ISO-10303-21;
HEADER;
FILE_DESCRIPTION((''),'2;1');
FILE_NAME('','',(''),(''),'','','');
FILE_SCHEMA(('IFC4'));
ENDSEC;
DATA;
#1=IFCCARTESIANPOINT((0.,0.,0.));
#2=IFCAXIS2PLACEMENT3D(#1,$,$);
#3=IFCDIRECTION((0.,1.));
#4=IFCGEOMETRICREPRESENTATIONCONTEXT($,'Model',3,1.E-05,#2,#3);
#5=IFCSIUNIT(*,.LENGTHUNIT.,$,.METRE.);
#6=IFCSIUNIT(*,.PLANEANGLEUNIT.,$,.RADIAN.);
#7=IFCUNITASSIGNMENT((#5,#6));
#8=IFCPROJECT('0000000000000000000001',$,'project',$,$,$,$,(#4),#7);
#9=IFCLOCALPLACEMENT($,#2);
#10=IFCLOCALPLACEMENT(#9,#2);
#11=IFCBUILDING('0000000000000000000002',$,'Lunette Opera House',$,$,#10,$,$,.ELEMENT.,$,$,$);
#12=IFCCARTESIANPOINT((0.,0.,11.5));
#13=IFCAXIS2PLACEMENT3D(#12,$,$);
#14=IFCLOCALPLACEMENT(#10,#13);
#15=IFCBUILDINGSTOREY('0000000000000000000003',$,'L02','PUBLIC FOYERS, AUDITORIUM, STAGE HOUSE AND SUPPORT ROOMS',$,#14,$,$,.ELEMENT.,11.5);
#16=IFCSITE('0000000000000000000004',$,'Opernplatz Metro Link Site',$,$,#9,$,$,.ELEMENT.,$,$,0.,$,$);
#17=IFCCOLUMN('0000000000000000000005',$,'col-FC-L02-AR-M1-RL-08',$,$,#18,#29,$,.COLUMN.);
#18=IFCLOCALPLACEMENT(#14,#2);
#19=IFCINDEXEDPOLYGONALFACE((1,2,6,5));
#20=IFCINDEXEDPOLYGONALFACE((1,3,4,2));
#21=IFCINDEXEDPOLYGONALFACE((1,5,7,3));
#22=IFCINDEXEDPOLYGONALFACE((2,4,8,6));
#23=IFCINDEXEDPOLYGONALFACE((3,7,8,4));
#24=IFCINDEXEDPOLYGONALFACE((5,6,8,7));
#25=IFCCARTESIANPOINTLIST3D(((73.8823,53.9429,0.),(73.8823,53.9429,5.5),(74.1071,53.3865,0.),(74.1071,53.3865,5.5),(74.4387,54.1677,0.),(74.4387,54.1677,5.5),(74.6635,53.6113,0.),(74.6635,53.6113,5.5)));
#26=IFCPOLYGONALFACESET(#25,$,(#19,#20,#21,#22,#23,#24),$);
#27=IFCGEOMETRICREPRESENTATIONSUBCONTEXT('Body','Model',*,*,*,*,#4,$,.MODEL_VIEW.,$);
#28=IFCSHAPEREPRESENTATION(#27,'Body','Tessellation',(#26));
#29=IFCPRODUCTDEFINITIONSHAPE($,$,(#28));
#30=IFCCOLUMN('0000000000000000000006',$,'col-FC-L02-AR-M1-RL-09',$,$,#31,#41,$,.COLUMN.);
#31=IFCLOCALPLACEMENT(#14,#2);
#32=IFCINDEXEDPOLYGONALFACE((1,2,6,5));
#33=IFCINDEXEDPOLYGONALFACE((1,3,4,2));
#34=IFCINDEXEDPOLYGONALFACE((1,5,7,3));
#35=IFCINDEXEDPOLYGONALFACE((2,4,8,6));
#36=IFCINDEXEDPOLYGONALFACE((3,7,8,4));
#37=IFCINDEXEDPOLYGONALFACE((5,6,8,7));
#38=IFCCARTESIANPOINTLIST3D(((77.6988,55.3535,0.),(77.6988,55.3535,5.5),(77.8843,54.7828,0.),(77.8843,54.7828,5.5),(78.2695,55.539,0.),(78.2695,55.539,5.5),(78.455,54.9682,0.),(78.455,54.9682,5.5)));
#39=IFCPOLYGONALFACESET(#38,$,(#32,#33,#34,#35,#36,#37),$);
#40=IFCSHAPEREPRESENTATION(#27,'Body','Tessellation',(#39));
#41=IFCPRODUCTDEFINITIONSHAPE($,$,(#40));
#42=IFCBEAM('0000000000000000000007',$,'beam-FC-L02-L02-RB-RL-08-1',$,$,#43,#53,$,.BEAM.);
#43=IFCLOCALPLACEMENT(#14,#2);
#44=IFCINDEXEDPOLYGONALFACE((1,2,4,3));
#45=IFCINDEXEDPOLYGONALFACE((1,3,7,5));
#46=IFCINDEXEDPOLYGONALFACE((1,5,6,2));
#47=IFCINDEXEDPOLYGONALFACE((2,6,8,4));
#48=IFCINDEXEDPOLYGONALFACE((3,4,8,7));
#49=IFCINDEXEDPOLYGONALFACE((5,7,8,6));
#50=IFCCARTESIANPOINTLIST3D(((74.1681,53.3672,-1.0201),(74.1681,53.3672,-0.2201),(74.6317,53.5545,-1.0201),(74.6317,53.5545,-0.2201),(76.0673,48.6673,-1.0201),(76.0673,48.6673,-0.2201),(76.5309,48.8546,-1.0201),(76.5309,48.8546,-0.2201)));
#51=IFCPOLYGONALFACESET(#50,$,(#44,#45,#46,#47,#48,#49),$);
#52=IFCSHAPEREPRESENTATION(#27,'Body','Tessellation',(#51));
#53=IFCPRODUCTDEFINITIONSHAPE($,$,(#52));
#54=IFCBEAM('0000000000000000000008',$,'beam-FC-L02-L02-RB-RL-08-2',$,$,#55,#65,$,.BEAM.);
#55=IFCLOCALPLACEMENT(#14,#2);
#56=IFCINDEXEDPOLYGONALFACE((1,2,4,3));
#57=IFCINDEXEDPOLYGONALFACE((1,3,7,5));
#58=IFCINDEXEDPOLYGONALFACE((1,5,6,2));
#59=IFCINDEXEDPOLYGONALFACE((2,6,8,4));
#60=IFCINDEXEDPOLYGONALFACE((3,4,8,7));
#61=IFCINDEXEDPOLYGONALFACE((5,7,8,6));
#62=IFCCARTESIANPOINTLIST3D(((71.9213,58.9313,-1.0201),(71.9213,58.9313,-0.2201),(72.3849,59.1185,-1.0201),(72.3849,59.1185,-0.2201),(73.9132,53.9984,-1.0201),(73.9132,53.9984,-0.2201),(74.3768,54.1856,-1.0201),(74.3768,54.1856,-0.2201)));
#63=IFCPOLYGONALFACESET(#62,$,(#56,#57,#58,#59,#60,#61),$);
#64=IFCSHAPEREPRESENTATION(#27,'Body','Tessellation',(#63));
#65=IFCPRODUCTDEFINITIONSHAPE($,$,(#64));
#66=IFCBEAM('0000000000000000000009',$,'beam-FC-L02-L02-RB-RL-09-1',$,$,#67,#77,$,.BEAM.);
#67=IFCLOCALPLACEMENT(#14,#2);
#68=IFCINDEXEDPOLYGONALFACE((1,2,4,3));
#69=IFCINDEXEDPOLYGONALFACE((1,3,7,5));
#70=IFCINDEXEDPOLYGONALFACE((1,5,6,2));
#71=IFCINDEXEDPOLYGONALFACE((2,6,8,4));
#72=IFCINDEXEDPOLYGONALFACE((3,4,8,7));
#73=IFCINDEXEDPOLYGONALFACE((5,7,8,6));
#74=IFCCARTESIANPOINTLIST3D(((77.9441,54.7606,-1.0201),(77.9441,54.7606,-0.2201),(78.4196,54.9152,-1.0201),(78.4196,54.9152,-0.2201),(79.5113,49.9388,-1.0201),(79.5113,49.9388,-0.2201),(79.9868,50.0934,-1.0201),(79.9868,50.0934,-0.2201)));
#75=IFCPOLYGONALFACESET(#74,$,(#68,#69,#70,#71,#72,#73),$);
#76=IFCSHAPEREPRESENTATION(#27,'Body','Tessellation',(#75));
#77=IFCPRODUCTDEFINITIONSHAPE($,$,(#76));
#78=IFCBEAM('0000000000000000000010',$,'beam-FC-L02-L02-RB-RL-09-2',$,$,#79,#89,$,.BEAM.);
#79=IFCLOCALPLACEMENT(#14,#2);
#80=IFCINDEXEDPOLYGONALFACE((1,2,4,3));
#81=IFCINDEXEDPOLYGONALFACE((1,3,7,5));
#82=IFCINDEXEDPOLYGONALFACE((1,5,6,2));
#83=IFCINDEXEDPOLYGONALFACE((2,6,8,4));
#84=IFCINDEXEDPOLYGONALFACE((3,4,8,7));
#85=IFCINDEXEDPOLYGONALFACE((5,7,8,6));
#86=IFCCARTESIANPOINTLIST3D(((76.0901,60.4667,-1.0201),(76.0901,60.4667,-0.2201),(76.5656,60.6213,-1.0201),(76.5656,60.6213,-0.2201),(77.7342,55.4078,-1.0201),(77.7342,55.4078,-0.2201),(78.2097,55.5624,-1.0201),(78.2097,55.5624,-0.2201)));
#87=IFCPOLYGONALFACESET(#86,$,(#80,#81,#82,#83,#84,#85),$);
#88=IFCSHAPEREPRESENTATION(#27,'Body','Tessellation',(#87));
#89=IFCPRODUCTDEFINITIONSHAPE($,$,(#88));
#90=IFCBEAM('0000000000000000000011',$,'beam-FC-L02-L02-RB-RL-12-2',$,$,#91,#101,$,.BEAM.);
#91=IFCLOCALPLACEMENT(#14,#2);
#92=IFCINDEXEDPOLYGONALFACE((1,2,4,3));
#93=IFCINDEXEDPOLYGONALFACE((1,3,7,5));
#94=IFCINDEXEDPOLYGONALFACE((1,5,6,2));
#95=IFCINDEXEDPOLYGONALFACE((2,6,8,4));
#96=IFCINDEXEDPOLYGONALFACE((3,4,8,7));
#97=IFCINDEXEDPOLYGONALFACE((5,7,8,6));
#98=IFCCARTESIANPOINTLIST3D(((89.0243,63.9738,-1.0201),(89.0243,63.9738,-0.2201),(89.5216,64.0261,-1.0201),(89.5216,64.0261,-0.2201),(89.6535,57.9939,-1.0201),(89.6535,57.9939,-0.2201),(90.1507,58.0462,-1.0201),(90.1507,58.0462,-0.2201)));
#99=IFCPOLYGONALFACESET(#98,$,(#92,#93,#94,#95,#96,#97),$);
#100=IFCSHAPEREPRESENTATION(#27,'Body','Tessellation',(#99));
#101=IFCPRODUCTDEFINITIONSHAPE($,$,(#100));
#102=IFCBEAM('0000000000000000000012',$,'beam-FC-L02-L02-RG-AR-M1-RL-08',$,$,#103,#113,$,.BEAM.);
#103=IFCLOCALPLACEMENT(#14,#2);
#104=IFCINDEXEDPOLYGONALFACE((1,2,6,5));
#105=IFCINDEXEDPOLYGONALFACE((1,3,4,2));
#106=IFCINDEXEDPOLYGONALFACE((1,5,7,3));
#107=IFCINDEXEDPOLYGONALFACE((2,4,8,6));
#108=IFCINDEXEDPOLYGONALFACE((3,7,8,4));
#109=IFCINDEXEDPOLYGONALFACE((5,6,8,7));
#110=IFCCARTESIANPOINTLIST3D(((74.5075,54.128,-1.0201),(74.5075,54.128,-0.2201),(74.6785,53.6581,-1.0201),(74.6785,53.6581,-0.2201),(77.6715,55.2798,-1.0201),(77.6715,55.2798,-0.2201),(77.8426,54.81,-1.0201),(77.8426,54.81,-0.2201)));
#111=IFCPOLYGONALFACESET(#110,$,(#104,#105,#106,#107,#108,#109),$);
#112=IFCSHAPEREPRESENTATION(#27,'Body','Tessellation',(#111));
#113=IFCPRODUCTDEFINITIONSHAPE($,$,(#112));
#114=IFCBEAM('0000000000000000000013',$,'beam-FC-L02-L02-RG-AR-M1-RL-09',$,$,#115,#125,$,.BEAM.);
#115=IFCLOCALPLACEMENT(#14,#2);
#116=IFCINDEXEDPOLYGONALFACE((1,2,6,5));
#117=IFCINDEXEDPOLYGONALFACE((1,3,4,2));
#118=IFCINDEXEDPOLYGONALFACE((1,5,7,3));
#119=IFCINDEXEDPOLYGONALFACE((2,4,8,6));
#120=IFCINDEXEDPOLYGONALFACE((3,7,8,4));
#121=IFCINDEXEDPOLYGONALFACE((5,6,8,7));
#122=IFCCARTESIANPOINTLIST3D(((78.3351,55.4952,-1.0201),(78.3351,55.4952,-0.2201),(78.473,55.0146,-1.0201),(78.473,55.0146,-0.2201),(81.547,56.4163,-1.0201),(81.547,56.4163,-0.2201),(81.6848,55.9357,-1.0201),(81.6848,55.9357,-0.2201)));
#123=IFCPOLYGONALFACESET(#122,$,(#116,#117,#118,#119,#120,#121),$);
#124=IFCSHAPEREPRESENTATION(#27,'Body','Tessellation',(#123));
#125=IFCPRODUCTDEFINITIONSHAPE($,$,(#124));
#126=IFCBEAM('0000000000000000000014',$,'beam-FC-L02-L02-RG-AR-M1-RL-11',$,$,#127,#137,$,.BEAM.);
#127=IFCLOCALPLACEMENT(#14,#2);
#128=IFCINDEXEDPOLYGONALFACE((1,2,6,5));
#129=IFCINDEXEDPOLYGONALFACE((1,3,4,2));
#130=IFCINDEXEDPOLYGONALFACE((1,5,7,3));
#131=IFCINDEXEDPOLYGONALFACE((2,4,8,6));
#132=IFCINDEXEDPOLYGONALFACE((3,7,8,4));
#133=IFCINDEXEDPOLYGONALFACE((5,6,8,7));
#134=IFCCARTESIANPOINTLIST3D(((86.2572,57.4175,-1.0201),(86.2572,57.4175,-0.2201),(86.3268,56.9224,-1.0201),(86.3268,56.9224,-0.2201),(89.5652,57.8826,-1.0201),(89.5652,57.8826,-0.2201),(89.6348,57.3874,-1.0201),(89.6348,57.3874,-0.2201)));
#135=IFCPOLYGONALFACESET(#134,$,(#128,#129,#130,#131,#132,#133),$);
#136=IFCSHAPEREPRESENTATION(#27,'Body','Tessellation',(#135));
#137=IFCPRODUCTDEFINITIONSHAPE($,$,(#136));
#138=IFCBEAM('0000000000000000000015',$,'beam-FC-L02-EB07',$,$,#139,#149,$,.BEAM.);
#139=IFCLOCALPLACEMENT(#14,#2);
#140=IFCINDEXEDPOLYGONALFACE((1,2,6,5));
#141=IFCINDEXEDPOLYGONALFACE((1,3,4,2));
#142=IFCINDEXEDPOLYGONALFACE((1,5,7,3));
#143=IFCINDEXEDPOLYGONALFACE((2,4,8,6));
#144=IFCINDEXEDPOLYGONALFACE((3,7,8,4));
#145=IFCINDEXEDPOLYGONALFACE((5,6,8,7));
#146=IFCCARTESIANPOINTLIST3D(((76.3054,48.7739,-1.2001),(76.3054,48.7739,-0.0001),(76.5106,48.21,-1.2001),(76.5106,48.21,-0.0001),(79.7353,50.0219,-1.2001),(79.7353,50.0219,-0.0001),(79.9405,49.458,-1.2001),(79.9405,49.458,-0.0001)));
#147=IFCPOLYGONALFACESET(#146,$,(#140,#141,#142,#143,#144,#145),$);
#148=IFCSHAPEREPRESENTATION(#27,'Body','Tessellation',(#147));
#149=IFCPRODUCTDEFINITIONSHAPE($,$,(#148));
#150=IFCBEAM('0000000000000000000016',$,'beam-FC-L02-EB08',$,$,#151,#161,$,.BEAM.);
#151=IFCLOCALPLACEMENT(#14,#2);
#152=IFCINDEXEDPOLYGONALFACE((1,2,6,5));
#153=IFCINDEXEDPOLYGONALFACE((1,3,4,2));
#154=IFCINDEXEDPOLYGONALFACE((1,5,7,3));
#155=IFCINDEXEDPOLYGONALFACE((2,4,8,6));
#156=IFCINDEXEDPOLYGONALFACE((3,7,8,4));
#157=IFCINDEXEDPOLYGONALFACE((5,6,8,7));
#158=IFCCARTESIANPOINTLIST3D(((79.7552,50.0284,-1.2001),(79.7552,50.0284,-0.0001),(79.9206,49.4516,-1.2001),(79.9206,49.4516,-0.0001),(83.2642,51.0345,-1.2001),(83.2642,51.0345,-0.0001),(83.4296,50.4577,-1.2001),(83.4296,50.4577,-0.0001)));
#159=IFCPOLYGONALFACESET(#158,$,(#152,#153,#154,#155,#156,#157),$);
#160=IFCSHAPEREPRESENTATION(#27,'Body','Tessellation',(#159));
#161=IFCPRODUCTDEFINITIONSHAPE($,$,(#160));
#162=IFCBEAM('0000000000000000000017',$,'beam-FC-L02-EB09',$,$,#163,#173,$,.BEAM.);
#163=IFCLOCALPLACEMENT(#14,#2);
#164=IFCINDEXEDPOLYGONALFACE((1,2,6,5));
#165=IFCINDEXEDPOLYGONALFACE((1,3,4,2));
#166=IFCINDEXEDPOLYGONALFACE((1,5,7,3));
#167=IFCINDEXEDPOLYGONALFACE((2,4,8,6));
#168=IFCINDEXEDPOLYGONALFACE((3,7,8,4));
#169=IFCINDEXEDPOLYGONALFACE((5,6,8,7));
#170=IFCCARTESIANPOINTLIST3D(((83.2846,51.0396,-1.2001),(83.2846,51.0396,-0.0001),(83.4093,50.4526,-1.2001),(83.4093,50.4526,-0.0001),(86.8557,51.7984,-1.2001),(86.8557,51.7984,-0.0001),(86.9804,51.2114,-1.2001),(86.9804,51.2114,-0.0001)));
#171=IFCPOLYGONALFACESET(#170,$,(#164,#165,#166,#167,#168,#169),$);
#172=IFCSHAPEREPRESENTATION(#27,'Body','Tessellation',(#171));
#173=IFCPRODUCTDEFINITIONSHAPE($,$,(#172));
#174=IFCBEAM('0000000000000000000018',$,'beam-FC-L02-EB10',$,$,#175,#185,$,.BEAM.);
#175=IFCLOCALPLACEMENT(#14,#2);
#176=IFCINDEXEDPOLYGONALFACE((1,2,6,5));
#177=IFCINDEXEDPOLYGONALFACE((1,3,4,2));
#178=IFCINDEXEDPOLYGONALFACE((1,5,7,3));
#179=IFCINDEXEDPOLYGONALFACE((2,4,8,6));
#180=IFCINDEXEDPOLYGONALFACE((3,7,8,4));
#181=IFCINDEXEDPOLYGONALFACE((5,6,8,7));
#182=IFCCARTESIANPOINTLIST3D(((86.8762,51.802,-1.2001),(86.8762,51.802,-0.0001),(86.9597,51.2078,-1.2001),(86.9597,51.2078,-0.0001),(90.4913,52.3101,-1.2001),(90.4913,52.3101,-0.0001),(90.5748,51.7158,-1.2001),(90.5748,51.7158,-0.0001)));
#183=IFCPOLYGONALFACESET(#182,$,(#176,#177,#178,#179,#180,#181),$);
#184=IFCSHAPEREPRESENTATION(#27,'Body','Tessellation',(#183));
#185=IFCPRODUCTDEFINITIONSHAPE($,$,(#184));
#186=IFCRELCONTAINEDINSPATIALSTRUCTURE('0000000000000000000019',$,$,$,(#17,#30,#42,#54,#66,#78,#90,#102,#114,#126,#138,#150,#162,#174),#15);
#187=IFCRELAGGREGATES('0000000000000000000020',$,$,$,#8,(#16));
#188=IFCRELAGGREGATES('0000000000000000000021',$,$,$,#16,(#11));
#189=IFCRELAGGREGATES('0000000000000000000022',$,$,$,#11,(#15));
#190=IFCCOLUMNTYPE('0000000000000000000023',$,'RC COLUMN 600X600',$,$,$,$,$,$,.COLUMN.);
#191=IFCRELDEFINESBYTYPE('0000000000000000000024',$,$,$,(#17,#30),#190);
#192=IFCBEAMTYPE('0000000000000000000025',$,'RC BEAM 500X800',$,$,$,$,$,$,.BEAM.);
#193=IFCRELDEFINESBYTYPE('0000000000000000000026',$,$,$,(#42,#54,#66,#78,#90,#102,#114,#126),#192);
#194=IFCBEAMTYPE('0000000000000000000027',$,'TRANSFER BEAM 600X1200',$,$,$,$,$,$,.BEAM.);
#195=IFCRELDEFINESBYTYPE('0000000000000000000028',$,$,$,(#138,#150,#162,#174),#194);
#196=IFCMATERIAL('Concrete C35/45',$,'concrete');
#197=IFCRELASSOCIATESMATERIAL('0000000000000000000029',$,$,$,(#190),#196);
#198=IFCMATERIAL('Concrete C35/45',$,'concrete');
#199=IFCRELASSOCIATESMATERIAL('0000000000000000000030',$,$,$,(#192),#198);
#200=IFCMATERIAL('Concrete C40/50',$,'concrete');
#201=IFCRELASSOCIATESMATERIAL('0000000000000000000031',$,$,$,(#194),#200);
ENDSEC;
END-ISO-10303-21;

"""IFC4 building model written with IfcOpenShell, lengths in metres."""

from ifc_helpers import new_model, si_unit, direction, frame, origin, origin_2d, place, context, subcontext, project, spatial, rectangle, extrude, material, material_profile, profile_set, type_object, element, save


model = new_model("IFC4")

# Units and contexts
model_context = context("Model", 3, precision=1e-05, world=origin(), true_north=direction((0.0, 1.0)))
body_context = subcontext(model_context, "Body", "Model", "MODEL_VIEW")
ifc_project = project(units=[si_unit("LENGTHUNIT", "METRE"), si_unit("PLANEANGLEUNIT", "RADIAN")], contexts=[model_context])

# Site, building, storey
site_placement = place(None, origin())
site = spatial("IfcSite", under=ifc_project, at=site_placement, Name="Opernplatz Metro Link Site", CompositionType="ELEMENT", RefElevation=0.0)
building_placement = place(site_placement, origin())
building = spatial("IfcBuilding", under=site, at=building_placement, Name="Lunette Opera House", CompositionType="ELEMENT")
storey_placement = place(building_placement, frame((0.0, 0.0, 11.5)))
storey = spatial("IfcBuildingStorey", under=building, at=storey_placement, Name="L02", Description="PUBLIC FOYERS, AUDITORIUM, STAGE HOUSE AND SUPPORT ROOMS", CompositionType="ELEMENT", Elevation=11.5)

# Columns
ifc_material_1 = material(Name="Concrete C35/45", Category="concrete")
ifc_material_profile_1 = material_profile(ifc_material_1, rectangle(XDim=0.6001, YDim=0.6001, at=origin_2d()), Name="RC COLUMN 600X600")
ifc_profile_set_1 = profile_set([ifc_material_profile_1], Name="Concrete C35/45")
column_type = type_object("IfcColumnType", Name="RC COLUMN 600X600", PredefinedType="COLUMN", material=ifc_profile_set_1)
for number, where, z_axis, x_axis, name in (
    (1, (74.2729, 53.7771, 0.0), (0.0, 0.0, 1.0), (0.927184, 0.374607, 0.0), "col-FC-L02-AR-M1-RL-08"),
    (2, (78.0769, 55.1609, 0.0), (0.0, 0.0, 1.0), (0.951057, 0.309017, 0.0), "col-FC-L02-AR-M1-RL-09"),
):
    element("IfcColumn", number, at=place(storey_placement, frame(where, z_axis=z_axis, x_axis=x_axis)), inside=storey, type_object=column_type, Name=name, PredefinedType="COLUMN", context=body_context, shape_type="SweptSolid", body=[
        extrude(rectangle(XDim=0.6001, YDim=0.6001, at=origin_2d()), origin(), (0.0, 0.0, 1.0), 5.5),
    ])

# Beams
ifc_material_2 = material(Name="Concrete C35/45", Category="concrete")
ifc_material_profile_2 = material_profile(ifc_material_2, rectangle(XDim=0.5, YDim=0.8, at=origin_2d()), Name="RC BEAM 500X800")
ifc_profile_set_2 = profile_set([ifc_material_profile_2], Name="Concrete C35/45")
beam_type_1 = type_object("IfcBeamType", Name="RC BEAM 500X800", PredefinedType="BEAM", material=ifc_profile_set_2)
beam_1_placement = place(storey_placement, frame((76.2991, 48.761, -0.6201), z_axis=(-0.374652, 0.927166, 0.0), x_axis=(-0.927166, -0.374652, 0.0)))
element("IfcBeam", 3, at=beam_1_placement, inside=storey, type_object=beam_type_1, Name="beam-FC-L02-L02-RB-RL-08-1", PredefinedType="BEAM", context=body_context, shape_type="SweptSolid", body=[
    extrude(rectangle(XDim=0.5, YDim=0.8, at=origin_2d()), origin(), (0.0, 0.0, 1.0), 5.0691),
])
beam_2_placement = place(storey_placement, frame((74.145, 54.092, -0.6201), z_axis=(-0.374435, 0.927253, 0.0), x_axis=(-0.927253, -0.374435, 0.0)))
element("IfcBeam", 4, at=beam_2_placement, inside=storey, type_object=beam_type_1, Name="beam-FC-L02-L02-RB-RL-08-2", PredefinedType="BEAM", context=body_context, shape_type="SweptSolid", body=[
    extrude(rectangle(XDim=0.5, YDim=0.8, at=origin_2d()), origin(), (0.0, 0.0, 1.0), 5.3198),
])
beam_3_placement = place(storey_placement, frame((79.749, 50.0161, -0.6201), z_axis=(-0.309097, 0.951031, 0.0), x_axis=(-0.951031, -0.309097, 0.0)))
element("IfcBeam", 5, at=beam_3_placement, inside=storey, type_object=beam_type_1, Name="beam-FC-L02-L02-RB-RL-09-1", PredefinedType="BEAM", context=body_context, shape_type="SweptSolid", body=[
    extrude(rectangle(XDim=0.5, YDim=0.8, at=origin_2d()), origin(), (0.0, 0.0, 1.0), 5.0701),
])
beam_4_placement = place(storey_placement, frame((77.9719, 55.4851, -0.6201), z_axis=(-0.309073, 0.951038, 0.0), x_axis=(-0.951038, -0.309073, 0.0)))
element("IfcBeam", 6, at=beam_4_placement, inside=storey, type_object=beam_type_1, Name="beam-FC-L02-L02-RB-RL-09-2", PredefinedType="BEAM", context=body_context, shape_type="SweptSolid", body=[
    extrude(rectangle(XDim=0.5, YDim=0.8, at=origin_2d()), origin(), (0.0, 0.0, 1.0), 5.3193),
])
beam_5_placement = place(storey_placement, frame((89.9021, 58.02, -0.6201), z_axis=(-0.104632, 0.994511, 0.0), x_axis=(-0.994511, -0.104632, 0.0)))
element("IfcBeam", 7, at=beam_5_placement, inside=storey, type_object=beam_type_1, Name="beam-FC-L02-L02-RB-RL-12-2", PredefinedType="BEAM", context=body_context, shape_type="SweptSolid", body=[
    extrude(rectangle(XDim=0.5, YDim=0.8, at=origin_2d()), origin(), (0.0, 0.0, 1.0), 6.0129),
])
beam_6_placement = place(storey_placement, frame((74.593, 53.8931, -0.6201), z_axis=(0.939671, 0.342081, 0.0), x_axis=(-0.342081, 0.939671, 0.0)))
element("IfcBeam", 8, at=beam_6_placement, inside=storey, type_object=beam_type_1, Name="beam-FC-L02-L02-RG-AR-M1-RL-08", PredefinedType="BEAM", context=body_context, shape_type="SweptSolid", body=[
    extrude(rectangle(XDim=0.5, YDim=0.8, at=origin_2d()), origin(), (0.0, 0.0, 1.0), 3.3672),
])
beam_7_placement = place(storey_placement, frame((78.4041, 55.2549, -0.6201), z_axis=(0.961251, 0.275676, 0.0), x_axis=(-0.275676, 0.961251, 0.0)))
element("IfcBeam", 9, at=beam_7_placement, inside=storey, type_object=beam_type_1, Name="beam-FC-L02-L02-RG-AR-M1-RL-09", PredefinedType="BEAM", context=body_context, shape_type="SweptSolid", body=[
    extrude(rectangle(XDim=0.5, YDim=0.8, at=origin_2d()), origin(), (0.0, 0.0, 1.0), 3.3413),
])
beam_8_placement = place(storey_placement, frame((86.292, 57.1699, -0.6201), z_axis=(0.990261, 0.139221, 0.0), x_axis=(-0.139221, 0.990261, 0.0)))
element("IfcBeam", 10, at=beam_8_placement, inside=storey, type_object=beam_type_1, Name="beam-FC-L02-L02-RG-AR-M1-RL-11", PredefinedType="BEAM", context=body_context, shape_type="SweptSolid", body=[
    extrude(rectangle(XDim=0.5, YDim=0.8, at=origin_2d()), origin(), (0.0, 0.0, 1.0), 3.3406),
])
ifc_material_3 = material(Name="Concrete C40/50", Category="concrete")
ifc_material_profile_3 = material_profile(ifc_material_3, rectangle(XDim=0.6001, YDim=1.2, at=origin_2d()), Name="TRANSFER BEAM 600X1200")
ifc_profile_set_3 = profile_set([ifc_material_profile_3], Name="Concrete C40/50")
beam_type_2 = type_object("IfcBeamType", Name="TRANSFER BEAM 600X1200", PredefinedType="BEAM", material=ifc_profile_set_3)
beam_9_placement = place(storey_placement, frame((76.408, 48.4919, -0.6001), z_axis=(0.939723, 0.341936, 0.0), x_axis=(-0.341936, 0.939723, 0.0)))
element("IfcBeam", 11, at=beam_9_placement, inside=storey, type_object=beam_type_2, Name="beam-FC-L02-EB07", PredefinedType="BEAM", context=body_context, shape_type="SweptSolid", body=[
    extrude(rectangle(XDim=0.6001, YDim=1.2, at=origin_2d()), origin(), (0.0, 0.0, 1.0), 3.6499),
])
beam_10_placement = place(storey_placement, frame((79.8379, 49.74, -0.6001), z_axis=(0.961269, 0.275613, 0.0), x_axis=(-0.275613, 0.961269, 0.0)))
element("IfcBeam", 12, at=beam_10_placement, inside=storey, type_object=beam_type_2, Name="beam-FC-L02-EB08", PredefinedType="BEAM", context=body_context, shape_type="SweptSolid", body=[
    extrude(rectangle(XDim=0.6001, YDim=1.2, at=origin_2d()), origin(), (0.0, 0.0, 1.0), 3.6504),
])
beam_11_placement = place(storey_placement, frame((83.3469, 50.7461, -0.6001), z_axis=(0.978162, 0.207844, 0.0), x_axis=(-0.207844, 0.978162, 0.0)))
element("IfcBeam", 13, at=beam_11_placement, inside=storey, type_object=beam_type_2, Name="beam-FC-L02-EB09", PredefinedType="BEAM", context=body_context, shape_type="SweptSolid", body=[
    extrude(rectangle(XDim=0.6001, YDim=1.2, at=origin_2d()), origin(), (0.0, 0.0, 1.0), 3.6509),
])
beam_12_placement = place(storey_placement, frame((86.918, 51.5049, -0.6001), z_axis=(0.990268, 0.139174, 0.0), x_axis=(-0.139174, 0.990268, 0.0)))
element("IfcBeam", 14, at=beam_12_placement, inside=storey, type_object=beam_type_2, Name="beam-FC-L02-EB10", PredefinedType="BEAM", context=body_context, shape_type="SweptSolid", body=[
    extrude(rectangle(XDim=0.6001, YDim=1.2, at=origin_2d()), origin(), (0.0, 0.0, 1.0), 3.6506),
])

save(model, "model.ifc")
